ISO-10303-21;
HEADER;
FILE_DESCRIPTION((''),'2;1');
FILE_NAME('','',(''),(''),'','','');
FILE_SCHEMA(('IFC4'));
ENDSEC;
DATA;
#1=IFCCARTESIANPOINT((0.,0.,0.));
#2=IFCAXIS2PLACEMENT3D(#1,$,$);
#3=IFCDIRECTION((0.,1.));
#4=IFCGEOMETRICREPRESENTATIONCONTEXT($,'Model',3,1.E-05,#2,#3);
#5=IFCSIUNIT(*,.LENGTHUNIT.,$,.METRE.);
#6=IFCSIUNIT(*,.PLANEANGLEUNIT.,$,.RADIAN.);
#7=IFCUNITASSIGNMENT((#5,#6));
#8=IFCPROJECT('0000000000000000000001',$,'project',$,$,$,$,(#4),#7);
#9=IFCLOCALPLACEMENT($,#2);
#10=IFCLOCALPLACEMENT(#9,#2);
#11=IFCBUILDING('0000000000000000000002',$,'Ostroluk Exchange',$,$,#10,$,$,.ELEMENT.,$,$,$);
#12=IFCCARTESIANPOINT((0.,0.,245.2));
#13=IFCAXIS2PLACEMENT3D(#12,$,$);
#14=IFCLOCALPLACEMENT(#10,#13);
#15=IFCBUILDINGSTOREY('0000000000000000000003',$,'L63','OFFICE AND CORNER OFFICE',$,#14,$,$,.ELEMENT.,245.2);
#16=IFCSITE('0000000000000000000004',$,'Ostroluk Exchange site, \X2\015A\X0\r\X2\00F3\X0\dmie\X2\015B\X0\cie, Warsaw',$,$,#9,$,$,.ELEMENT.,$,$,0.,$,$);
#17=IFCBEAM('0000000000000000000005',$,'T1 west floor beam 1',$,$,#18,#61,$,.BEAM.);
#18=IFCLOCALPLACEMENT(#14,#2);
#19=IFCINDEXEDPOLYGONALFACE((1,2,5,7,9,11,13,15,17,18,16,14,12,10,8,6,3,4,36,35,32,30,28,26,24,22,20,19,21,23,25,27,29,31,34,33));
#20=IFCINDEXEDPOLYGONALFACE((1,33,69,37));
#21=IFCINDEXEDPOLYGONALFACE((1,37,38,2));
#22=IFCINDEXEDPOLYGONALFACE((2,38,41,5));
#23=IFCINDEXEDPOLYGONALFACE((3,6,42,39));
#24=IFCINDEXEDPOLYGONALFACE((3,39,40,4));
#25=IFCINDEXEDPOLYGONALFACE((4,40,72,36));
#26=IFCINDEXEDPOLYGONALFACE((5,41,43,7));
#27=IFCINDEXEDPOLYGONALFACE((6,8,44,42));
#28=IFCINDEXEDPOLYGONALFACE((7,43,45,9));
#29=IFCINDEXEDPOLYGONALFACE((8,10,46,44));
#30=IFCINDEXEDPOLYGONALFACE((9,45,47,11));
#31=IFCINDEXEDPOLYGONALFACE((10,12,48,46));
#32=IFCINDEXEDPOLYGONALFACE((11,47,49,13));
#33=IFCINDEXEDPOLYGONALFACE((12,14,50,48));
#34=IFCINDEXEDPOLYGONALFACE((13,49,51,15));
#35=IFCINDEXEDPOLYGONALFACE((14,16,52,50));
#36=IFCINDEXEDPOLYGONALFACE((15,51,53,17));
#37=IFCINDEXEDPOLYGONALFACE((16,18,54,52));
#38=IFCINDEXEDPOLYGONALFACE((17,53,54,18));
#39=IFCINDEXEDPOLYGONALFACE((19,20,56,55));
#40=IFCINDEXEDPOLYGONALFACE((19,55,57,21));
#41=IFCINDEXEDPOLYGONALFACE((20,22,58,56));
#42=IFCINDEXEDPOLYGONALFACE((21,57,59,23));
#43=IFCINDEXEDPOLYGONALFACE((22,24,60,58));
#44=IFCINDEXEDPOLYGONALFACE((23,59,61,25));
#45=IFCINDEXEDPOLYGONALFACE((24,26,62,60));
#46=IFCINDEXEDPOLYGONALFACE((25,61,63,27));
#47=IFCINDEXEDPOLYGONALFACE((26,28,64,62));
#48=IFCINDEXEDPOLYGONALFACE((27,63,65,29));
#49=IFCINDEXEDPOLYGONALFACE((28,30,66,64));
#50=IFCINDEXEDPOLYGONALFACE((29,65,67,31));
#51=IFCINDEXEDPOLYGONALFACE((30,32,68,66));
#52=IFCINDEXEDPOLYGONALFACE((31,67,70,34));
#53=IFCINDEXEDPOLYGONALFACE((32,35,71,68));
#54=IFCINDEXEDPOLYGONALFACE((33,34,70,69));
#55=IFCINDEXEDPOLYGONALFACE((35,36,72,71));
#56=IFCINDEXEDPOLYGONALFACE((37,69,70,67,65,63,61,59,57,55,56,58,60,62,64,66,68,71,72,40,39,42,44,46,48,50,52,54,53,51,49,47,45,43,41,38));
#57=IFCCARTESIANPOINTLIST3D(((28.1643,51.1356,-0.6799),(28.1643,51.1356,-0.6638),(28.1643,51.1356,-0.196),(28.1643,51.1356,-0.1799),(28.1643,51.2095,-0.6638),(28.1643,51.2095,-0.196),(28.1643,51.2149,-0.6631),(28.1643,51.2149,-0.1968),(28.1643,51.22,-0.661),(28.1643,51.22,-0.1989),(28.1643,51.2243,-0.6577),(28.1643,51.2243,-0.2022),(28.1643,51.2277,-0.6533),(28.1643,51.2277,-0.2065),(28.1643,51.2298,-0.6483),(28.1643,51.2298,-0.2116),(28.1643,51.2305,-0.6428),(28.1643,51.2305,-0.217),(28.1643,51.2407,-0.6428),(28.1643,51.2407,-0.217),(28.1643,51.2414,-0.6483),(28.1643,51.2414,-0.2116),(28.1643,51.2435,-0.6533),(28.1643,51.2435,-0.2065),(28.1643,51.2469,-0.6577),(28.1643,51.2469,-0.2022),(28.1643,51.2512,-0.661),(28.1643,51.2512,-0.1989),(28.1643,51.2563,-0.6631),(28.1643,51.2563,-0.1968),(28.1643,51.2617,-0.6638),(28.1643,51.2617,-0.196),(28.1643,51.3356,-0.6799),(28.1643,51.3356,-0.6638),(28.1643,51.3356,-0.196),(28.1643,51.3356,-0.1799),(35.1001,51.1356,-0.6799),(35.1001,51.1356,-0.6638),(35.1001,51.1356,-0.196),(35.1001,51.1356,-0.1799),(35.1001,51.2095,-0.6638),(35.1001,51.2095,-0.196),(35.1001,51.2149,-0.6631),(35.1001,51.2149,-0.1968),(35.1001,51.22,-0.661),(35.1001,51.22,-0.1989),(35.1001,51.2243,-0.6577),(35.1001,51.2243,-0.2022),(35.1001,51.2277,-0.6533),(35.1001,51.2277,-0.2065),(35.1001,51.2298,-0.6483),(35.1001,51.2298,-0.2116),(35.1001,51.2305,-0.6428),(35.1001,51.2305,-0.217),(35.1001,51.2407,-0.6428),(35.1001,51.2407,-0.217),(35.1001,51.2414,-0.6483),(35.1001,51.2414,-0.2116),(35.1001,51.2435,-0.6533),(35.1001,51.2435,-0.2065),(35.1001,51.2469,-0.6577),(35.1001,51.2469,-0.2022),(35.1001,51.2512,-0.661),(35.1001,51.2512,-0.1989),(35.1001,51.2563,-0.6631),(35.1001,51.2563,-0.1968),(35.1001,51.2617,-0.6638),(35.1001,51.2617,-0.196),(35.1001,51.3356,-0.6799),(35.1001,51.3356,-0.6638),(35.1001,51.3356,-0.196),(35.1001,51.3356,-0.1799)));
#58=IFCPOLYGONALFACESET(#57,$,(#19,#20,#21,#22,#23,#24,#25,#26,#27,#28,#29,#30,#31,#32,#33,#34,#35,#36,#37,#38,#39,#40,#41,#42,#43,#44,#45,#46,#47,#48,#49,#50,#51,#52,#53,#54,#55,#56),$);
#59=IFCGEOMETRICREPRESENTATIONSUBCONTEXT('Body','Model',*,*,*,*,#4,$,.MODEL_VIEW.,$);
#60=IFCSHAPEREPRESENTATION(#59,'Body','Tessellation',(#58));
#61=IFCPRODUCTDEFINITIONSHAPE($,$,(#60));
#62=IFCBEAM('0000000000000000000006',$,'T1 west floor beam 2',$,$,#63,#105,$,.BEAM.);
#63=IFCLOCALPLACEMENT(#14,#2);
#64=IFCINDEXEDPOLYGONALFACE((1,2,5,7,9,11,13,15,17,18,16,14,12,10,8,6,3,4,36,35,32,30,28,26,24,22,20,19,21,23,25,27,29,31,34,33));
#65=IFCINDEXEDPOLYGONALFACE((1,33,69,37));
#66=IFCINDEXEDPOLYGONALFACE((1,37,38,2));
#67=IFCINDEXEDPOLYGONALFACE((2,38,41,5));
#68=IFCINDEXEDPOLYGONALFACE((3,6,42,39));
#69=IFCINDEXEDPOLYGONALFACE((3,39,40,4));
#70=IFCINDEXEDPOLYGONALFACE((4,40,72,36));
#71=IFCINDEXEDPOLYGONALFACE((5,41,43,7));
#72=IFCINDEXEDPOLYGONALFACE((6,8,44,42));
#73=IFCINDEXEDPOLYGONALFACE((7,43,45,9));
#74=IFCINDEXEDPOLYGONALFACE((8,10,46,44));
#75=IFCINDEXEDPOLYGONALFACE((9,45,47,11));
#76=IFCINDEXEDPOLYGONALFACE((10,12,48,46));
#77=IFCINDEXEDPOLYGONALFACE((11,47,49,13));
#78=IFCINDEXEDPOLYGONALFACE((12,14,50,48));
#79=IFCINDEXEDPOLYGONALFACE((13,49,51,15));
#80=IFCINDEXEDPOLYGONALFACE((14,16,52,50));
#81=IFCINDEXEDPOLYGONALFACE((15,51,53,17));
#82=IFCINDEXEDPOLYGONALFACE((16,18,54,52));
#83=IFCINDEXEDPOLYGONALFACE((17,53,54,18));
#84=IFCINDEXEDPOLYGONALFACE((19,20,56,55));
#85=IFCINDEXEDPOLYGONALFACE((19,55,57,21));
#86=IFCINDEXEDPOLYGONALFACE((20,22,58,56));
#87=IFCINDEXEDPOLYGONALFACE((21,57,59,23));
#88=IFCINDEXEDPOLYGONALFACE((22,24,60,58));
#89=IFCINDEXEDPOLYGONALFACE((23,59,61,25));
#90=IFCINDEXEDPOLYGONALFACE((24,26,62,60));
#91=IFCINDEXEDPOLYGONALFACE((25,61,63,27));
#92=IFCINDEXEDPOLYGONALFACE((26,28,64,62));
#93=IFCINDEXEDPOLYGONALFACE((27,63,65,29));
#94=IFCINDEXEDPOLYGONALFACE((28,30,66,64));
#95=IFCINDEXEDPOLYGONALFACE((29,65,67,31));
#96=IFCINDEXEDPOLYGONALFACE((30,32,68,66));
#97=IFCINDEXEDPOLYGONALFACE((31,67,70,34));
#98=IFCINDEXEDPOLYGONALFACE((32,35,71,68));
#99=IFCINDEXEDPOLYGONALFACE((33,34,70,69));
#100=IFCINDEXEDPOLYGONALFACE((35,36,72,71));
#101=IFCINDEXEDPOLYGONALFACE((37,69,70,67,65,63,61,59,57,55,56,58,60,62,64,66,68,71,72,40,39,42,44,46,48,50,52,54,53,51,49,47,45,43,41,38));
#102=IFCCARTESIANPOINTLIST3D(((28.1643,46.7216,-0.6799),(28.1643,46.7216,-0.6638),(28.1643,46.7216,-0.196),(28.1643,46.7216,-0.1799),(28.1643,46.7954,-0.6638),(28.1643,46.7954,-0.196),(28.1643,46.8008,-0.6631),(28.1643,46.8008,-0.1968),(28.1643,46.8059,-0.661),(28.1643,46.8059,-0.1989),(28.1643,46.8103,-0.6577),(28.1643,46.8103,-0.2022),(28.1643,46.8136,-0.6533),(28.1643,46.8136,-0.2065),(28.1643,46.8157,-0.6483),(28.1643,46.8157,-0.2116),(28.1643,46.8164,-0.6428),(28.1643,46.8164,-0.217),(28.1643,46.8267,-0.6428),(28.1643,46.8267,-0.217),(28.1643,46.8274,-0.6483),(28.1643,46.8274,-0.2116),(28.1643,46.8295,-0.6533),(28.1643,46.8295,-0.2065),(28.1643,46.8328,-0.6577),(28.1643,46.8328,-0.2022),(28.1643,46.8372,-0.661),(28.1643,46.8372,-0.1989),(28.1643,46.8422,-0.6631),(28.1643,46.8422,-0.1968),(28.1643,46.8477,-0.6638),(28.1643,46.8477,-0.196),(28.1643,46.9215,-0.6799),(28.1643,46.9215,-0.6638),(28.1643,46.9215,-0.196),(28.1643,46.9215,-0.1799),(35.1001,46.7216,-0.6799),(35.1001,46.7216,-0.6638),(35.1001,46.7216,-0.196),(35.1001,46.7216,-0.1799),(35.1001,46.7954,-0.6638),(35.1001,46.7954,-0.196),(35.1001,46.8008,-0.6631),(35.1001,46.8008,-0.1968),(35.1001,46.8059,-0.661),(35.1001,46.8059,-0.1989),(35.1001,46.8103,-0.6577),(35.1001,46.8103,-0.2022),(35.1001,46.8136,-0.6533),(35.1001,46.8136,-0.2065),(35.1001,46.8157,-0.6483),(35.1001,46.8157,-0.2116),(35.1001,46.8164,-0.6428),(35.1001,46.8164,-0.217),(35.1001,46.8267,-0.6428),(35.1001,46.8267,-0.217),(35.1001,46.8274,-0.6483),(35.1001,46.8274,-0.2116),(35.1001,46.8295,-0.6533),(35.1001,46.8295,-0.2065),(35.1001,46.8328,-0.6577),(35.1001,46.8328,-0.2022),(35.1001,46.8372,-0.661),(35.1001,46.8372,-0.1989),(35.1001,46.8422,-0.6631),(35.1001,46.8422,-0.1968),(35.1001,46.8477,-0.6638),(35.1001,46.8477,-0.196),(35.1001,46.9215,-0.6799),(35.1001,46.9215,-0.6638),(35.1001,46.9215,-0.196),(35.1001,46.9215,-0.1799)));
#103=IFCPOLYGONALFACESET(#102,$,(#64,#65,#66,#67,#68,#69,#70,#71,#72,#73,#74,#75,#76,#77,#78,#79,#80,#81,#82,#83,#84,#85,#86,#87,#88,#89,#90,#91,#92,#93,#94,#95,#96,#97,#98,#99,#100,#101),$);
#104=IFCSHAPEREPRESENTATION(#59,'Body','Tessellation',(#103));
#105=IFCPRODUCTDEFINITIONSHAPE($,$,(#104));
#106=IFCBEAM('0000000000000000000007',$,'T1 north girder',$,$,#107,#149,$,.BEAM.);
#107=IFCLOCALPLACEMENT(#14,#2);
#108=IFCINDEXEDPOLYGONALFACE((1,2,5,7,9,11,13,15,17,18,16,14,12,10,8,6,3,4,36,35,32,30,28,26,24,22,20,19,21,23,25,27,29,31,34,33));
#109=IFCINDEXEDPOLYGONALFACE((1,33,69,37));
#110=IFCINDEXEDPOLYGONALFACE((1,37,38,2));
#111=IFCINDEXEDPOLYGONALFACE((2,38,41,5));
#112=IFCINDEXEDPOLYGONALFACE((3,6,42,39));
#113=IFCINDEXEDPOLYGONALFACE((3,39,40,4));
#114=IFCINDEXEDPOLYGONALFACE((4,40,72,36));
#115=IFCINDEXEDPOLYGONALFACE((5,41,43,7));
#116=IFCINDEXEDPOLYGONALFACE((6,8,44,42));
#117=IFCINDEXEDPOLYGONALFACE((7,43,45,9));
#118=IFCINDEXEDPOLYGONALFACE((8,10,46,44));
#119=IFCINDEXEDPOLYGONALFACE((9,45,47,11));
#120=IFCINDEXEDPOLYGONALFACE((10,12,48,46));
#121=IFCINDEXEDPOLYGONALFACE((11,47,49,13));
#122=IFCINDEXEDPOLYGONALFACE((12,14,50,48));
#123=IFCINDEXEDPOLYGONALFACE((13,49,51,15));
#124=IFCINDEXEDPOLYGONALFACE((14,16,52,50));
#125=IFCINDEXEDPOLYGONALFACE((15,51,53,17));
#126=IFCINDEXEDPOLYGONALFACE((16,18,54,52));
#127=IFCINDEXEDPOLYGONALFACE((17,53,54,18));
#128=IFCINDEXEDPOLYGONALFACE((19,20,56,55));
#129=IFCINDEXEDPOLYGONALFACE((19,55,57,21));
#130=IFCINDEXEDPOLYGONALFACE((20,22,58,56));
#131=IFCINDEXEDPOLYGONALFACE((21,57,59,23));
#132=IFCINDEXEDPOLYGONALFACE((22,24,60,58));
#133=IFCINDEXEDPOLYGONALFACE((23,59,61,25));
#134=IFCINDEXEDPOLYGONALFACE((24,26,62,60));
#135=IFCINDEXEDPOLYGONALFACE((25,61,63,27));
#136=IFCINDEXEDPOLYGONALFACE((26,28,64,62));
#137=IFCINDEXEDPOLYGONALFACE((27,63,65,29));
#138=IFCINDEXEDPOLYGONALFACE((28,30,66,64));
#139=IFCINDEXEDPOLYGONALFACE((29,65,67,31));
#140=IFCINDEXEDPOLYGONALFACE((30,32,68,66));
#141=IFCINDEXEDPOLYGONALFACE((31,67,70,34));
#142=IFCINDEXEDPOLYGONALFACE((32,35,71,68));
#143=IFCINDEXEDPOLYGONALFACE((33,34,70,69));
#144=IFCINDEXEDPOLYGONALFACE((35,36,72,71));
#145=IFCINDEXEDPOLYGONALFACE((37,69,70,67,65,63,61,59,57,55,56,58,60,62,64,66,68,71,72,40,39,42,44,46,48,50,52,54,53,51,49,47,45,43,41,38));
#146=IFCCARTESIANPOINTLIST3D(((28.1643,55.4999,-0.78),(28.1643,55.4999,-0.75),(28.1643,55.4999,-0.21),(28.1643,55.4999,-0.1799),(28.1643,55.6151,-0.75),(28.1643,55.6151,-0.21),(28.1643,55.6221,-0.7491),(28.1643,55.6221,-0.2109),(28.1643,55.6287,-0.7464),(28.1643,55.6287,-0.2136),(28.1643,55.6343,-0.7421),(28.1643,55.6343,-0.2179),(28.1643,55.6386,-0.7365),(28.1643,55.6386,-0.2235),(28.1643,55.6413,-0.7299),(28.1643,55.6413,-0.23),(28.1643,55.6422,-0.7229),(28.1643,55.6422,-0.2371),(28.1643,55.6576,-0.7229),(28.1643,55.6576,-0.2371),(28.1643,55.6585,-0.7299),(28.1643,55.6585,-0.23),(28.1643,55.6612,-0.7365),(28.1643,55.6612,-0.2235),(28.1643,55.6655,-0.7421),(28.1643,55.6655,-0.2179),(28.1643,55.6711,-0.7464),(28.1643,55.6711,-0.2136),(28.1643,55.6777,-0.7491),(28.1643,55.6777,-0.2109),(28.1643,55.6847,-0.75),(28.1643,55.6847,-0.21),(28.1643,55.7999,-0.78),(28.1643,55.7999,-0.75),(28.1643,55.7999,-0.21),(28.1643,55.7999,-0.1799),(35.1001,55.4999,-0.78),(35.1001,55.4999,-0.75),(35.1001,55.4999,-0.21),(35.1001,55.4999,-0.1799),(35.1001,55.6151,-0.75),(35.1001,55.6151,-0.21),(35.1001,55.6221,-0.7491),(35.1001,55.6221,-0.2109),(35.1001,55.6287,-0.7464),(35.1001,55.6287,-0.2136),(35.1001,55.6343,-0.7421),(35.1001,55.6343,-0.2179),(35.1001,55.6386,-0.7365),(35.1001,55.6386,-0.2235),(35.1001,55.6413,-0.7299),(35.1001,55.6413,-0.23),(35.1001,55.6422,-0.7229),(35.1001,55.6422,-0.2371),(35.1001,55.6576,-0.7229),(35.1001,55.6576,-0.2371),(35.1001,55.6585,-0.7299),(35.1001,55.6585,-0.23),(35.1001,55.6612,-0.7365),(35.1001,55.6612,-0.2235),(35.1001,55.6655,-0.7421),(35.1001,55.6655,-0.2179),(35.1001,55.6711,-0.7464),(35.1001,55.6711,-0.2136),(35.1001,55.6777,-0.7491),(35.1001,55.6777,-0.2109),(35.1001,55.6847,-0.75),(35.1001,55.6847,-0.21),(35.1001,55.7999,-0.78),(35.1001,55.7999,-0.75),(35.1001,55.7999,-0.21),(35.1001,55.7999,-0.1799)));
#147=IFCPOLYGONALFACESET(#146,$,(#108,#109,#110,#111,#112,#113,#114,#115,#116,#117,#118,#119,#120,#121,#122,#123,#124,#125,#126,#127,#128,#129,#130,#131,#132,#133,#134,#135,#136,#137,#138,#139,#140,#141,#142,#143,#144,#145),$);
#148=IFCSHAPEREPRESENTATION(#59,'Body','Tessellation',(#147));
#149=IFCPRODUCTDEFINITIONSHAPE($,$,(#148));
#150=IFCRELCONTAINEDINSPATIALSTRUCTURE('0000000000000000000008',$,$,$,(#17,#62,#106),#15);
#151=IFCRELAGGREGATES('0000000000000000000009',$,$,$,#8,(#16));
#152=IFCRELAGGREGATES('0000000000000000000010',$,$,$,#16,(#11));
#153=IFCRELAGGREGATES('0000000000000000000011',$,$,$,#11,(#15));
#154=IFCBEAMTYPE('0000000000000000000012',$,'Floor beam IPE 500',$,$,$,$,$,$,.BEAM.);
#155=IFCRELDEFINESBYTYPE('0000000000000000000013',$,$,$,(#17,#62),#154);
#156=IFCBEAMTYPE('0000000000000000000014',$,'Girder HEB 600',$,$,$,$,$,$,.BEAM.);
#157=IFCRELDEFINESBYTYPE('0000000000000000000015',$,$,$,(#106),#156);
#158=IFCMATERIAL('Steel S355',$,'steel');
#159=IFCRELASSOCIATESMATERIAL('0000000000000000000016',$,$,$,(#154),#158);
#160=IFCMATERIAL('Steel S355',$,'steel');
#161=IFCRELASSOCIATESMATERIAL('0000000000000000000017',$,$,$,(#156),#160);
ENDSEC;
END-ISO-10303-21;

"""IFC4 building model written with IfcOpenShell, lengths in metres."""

from ifc_helpers import new_model, si_unit, direction, frame, origin, origin_2d, place, context, subcontext, project, spatial, i_section, extrude, material, material_profile, profile_set, type_object, element, save


model = new_model("IFC4")

# Units and contexts
model_context = context("Model", 3, precision=1e-05, world=origin(), true_north=direction((0.0, 1.0)))
body_context = subcontext(model_context, "Body", "Model", "MODEL_VIEW")
ifc_project = project(units=[si_unit("LENGTHUNIT", "METRE"), si_unit("PLANEANGLEUNIT", "RADIAN")], contexts=[model_context])

# Site, building, storey
site_placement = place(None, origin())
site = spatial("IfcSite", under=ifc_project, at=site_placement, Name="Ostroluk Exchange site, Śródmieście, Warsaw", CompositionType="ELEMENT", RefElevation=0.0)
building_placement = place(site_placement, origin())
building = spatial("IfcBuilding", under=site, at=building_placement, Name="Ostroluk Exchange", CompositionType="ELEMENT")
storey_placement = place(building_placement, frame((0.0, 0.0, 245.2)))
storey = spatial("IfcBuildingStorey", under=building, at=storey_placement, Name="L63", Description="OFFICE AND CORNER OFFICE", CompositionType="ELEMENT", Elevation=245.2)

# Beams
ifc_material_1 = material(Name="Steel S355", Category="steel")
ifc_material_profile_1 = material_profile(ifc_material_1, i_section(OverallWidth=0.2, OverallDepth=0.5, WebThickness=0.0103, FlangeThickness=0.0161, FilletRadius=0.021, at=origin_2d()), Name="IPE 500")
ifc_profile_set_1 = profile_set([ifc_material_profile_1], Name="Steel S355")
beam_type_1 = type_object("IfcBeamType", Name="Floor beam IPE 500", PredefinedType="BEAM", material=ifc_profile_set_1)
for number, where, z_axis, x_axis, name in (
    (1, (35.1001, 51.2356, -0.4299), (-1.0, 0.0, 0.0), (0.0, -1.0, 0.0), "T1 west floor beam 1"),
    (2, (35.1001, 46.8215, -0.4299), (-1.0, 0.0, 0.0), (0.0, -1.0, 0.0), "T1 west floor beam 2"),
):
    element("IfcBeam", number, at=place(storey_placement, frame(where, z_axis=z_axis, x_axis=x_axis)), inside=storey, type_object=beam_type_1, Name=name, PredefinedType="BEAM", context=body_context, shape_type="SweptSolid", body=[
        extrude(i_section(OverallWidth=0.2, OverallDepth=0.5, WebThickness=0.0103, FlangeThickness=0.0161, FilletRadius=0.021, at=origin_2d()), origin(), (0.0, 0.0, 1.0), 6.9358),
    ])
ifc_material_2 = material(Name="Steel S355", Category="steel")
ifc_material_profile_2 = material_profile(ifc_material_2, i_section(OverallWidth=0.3, OverallDepth=0.6001, WebThickness=0.0154, FlangeThickness=0.03, FilletRadius=0.0271, at=origin_2d()), Name="HEB 600")
ifc_profile_set_2 = profile_set([ifc_material_profile_2], Name="Steel S355")
beam_type_2 = type_object("IfcBeamType", Name="Girder HEB 600", PredefinedType="BEAM", material=ifc_profile_set_2)
beam_placement = place(storey_placement, frame((35.1001, 55.6499, -0.48), z_axis=(-1.0, 0.0, 0.0), x_axis=(0.0, -1.0, 0.0)))
element("IfcBeam", 3, at=beam_placement, inside=storey, type_object=beam_type_2, Name="T1 north girder", PredefinedType="BEAM", context=body_context, shape_type="SweptSolid", body=[
    extrude(i_section(OverallWidth=0.3, OverallDepth=0.6001, WebThickness=0.0154, FlangeThickness=0.03, FilletRadius=0.0271, at=origin_2d()), origin(), (0.0, 0.0, 1.0), 6.9358),
])

save(model, "model.ifc")
